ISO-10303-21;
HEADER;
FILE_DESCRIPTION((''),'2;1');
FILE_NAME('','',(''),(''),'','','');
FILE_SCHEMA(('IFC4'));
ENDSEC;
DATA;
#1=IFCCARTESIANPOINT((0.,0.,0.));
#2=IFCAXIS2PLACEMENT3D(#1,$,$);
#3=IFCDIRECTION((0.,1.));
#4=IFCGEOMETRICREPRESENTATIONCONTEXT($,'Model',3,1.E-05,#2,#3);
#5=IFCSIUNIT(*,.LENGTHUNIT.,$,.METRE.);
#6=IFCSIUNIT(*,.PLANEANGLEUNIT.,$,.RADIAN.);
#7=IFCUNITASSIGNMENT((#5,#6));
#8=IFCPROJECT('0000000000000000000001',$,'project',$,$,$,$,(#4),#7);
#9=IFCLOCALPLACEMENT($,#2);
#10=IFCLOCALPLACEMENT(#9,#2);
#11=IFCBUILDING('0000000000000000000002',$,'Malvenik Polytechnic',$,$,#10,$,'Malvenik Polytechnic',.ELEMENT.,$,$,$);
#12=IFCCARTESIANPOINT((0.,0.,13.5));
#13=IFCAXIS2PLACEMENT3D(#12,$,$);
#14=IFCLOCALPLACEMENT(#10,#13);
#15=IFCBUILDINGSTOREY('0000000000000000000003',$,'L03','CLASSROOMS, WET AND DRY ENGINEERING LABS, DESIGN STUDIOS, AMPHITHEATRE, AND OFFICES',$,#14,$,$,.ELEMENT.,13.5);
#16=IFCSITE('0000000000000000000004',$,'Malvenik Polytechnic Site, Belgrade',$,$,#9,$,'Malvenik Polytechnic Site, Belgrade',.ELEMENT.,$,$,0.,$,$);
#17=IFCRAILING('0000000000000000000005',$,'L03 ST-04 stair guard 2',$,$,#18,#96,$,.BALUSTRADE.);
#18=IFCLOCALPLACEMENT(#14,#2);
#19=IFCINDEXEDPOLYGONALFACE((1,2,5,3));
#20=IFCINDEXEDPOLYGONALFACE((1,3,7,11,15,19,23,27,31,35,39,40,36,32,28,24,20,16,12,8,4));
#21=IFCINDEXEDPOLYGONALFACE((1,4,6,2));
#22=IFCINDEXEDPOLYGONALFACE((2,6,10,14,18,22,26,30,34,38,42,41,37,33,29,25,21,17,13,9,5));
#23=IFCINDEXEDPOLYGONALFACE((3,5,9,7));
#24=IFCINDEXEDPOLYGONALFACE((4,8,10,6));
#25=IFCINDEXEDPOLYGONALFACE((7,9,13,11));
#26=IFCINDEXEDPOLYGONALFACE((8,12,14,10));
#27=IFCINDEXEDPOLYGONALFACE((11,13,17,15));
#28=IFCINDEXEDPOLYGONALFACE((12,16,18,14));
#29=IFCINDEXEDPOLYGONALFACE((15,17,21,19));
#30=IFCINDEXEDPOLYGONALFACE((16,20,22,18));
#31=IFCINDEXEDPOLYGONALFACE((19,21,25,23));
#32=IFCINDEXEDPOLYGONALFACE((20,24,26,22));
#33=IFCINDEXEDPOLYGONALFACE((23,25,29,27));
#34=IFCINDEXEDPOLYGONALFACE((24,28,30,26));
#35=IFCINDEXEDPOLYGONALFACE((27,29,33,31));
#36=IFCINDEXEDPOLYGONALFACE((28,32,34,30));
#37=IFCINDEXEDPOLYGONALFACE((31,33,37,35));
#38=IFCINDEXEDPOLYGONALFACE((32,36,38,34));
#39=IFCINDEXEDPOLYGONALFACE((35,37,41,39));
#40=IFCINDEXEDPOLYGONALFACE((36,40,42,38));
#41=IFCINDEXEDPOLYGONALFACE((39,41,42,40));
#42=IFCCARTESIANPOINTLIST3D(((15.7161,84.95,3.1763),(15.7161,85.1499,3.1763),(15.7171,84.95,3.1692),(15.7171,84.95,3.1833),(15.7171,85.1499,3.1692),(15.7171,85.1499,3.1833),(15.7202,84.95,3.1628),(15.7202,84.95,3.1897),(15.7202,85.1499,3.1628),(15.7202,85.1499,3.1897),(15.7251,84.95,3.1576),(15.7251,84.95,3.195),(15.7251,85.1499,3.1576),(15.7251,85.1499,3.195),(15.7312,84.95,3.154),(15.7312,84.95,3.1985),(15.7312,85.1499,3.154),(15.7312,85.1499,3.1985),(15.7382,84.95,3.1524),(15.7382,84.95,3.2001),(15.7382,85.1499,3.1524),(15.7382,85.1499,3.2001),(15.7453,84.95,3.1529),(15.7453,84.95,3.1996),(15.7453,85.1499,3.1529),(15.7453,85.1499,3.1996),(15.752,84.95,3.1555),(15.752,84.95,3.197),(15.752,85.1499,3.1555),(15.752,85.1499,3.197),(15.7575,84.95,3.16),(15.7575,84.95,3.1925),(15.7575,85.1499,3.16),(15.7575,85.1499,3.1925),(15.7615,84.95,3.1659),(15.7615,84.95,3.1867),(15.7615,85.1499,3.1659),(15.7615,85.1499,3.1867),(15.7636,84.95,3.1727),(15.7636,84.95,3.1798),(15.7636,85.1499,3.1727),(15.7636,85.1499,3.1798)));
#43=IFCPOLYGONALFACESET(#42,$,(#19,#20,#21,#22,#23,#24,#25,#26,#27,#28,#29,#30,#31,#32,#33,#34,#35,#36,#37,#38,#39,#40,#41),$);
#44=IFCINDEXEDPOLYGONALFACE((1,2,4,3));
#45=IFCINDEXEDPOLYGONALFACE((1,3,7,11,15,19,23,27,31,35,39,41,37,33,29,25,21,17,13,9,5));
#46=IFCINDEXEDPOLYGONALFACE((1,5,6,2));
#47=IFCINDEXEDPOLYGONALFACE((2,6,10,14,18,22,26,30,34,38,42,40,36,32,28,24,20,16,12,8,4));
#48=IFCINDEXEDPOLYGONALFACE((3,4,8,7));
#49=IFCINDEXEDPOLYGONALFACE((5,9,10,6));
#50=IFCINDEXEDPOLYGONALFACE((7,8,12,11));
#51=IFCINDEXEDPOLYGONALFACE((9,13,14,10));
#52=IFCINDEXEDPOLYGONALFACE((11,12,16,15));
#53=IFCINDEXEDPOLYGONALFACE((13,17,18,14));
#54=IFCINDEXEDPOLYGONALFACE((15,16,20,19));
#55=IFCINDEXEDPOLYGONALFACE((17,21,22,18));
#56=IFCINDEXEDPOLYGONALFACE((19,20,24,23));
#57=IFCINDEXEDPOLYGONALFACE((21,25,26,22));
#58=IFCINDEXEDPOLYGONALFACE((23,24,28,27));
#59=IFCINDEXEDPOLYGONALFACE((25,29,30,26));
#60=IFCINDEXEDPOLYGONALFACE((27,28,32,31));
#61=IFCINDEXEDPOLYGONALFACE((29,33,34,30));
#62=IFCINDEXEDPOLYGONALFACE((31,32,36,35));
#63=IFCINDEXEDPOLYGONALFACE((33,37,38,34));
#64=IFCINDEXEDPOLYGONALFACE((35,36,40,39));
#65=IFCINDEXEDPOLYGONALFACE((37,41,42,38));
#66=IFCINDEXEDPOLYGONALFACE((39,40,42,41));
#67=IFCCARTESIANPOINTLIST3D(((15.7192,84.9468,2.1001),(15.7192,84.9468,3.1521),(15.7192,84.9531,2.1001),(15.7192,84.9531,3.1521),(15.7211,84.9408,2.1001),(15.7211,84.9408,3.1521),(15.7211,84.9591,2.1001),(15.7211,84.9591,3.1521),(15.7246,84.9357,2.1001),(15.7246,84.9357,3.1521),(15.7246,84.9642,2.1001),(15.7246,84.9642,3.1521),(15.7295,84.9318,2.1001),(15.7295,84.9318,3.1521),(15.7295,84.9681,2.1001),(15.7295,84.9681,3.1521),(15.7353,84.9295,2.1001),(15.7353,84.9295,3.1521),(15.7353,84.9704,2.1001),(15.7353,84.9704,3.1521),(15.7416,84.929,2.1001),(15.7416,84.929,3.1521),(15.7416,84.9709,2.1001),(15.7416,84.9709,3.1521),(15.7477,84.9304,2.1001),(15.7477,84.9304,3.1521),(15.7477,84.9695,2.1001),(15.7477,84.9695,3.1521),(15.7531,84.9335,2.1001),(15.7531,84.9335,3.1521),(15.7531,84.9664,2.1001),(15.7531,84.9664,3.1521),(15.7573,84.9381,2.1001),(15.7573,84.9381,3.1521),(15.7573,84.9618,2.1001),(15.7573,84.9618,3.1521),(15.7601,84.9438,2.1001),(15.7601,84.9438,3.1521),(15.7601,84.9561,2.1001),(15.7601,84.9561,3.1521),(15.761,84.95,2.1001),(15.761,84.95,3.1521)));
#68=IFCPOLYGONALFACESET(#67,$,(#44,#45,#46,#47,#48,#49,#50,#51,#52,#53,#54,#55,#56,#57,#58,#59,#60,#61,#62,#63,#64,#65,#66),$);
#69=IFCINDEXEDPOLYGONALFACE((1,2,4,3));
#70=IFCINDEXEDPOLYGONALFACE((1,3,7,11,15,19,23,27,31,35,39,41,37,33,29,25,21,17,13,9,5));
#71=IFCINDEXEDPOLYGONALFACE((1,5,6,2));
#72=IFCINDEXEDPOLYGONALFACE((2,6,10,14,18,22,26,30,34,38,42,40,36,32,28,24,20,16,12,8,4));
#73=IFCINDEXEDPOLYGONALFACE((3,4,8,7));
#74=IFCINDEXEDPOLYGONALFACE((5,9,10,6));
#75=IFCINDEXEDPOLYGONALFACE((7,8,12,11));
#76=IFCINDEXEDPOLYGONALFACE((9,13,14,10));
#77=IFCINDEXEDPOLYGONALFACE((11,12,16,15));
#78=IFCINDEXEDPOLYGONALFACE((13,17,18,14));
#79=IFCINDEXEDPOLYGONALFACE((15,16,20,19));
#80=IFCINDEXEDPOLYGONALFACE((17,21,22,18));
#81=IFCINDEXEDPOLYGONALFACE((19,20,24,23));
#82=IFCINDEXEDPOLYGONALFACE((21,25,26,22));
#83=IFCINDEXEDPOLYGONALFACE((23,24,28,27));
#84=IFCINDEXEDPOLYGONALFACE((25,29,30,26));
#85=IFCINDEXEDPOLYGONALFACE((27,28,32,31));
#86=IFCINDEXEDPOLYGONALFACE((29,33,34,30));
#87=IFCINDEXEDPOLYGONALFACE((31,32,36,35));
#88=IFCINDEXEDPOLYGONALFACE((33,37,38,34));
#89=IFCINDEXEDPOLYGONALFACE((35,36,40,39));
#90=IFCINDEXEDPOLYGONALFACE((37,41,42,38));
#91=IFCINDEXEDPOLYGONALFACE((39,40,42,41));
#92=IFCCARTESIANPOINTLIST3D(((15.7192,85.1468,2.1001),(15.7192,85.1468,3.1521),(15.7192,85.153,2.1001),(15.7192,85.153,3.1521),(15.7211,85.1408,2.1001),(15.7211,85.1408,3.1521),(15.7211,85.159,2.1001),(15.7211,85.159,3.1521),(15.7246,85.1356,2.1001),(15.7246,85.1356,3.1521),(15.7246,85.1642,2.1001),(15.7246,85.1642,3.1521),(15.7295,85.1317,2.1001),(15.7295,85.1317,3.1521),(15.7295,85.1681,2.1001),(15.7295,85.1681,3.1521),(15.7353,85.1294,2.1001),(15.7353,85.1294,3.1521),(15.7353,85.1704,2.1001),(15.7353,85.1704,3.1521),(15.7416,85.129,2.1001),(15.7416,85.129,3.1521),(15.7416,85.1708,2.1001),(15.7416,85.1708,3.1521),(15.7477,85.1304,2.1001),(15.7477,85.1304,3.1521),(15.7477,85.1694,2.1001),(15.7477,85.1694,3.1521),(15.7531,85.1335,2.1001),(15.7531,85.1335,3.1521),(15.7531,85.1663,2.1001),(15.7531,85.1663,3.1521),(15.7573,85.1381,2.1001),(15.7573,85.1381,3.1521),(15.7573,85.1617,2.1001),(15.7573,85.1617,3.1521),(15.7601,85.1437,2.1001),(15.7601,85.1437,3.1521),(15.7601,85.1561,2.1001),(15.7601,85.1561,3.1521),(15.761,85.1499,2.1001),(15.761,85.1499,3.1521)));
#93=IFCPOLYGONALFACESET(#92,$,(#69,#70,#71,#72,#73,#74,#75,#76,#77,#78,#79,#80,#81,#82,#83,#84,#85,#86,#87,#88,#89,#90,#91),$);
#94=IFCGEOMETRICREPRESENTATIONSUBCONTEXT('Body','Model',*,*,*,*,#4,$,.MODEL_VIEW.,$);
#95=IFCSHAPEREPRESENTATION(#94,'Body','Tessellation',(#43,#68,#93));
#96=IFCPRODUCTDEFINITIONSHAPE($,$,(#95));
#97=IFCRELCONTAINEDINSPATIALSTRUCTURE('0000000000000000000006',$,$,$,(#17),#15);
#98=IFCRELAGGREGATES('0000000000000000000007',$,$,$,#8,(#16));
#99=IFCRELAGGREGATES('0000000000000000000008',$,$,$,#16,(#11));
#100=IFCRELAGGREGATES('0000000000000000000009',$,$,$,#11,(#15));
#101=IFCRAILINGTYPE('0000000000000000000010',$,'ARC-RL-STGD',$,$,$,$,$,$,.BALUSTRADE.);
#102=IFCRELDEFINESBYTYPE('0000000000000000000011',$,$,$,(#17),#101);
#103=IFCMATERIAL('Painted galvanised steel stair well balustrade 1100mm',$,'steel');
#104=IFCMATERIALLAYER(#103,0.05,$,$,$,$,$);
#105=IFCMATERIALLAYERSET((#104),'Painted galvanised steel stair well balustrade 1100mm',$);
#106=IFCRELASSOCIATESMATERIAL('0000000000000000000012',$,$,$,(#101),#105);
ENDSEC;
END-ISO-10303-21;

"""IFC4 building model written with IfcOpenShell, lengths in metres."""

from ifc_helpers import new_model, si_unit, direction, frame, origin, origin_2d, place, context, subcontext, project, spatial, circle, extrude, material, layer, layer_set, type_object, element, save


model = new_model("IFC4")

# Units and contexts
model_context = context("Model", 3, precision=1e-05, world=origin(), true_north=direction((0.0, 1.0)))
body_context = subcontext(model_context, "Body", "Model", "MODEL_VIEW")
ifc_project = project(units=[si_unit("LENGTHUNIT", "METRE"), si_unit("PLANEANGLEUNIT", "RADIAN")], contexts=[model_context])

# Site, building, storey
site_placement = place(None, origin())
site = spatial("IfcSite", under=ifc_project, at=site_placement, Name="Malvenik Polytechnic Site, Belgrade", LongName="Malvenik Polytechnic Site, Belgrade", CompositionType="ELEMENT", RefElevation=0.0)
building_placement = place(site_placement, origin())
building = spatial("IfcBuilding", under=site, at=building_placement, Name="Malvenik Polytechnic", LongName="Malvenik Polytechnic", CompositionType="ELEMENT")
storey_placement = place(building_placement, frame((0.0, 0.0, 13.5)))
storey = spatial("IfcBuildingStorey", under=building, at=storey_placement, Name="L03", Description="CLASSROOMS, WET AND DRY ENGINEERING LABS, DESIGN STUDIOS, AMPHITHEATRE, AND OFFICES", CompositionType="ELEMENT", Elevation=13.5)

# Railing
ifc_material_1 = material(Name="Painted galvanised steel stair well balustrade 1100mm", Category="steel")
ifc_layer_1 = layer(ifc_material_1, 0.05)
ifc_layer_set_1 = layer_set([ifc_layer_1], Name="Painted galvanised steel stair well balustrade 1100mm")
railing_type_1 = type_object("IfcRailingType", Name="ARC-RL-STGD", PredefinedType="BALUSTRADE", material=ifc_layer_set_1)
railing_1_placement = place(storey_placement, frame((15.74, 84.95, 2.1001)))
element("IfcRailing", 1, at=railing_1_placement, inside=storey, type_object=railing_type_1, Name="L03 ST-04 stair guard 2", PredefinedType="BALUSTRADE", context=body_context, shape_type="SweptSolid", body=[
    extrude(circle(Radius=0.0239, at=origin_2d()), frame((0.0, 0.0, 1.0762), z_axis=(0.0, 1.0, 0.0), x_axis=(-1.0, 0.0, 0.0)), (0.0, 0.0, 1.0), 0.2),
    extrude(circle(Radius=0.021, at=origin_2d()), origin(), (0.0, 0.0, 1.0), 1.052),
    extrude(circle(Radius=0.021, at=origin_2d()), frame((0.0, 0.2, 0.0)), (0.0, 0.0, 1.0), 1.052),
])

save(model, "model.ifc")
